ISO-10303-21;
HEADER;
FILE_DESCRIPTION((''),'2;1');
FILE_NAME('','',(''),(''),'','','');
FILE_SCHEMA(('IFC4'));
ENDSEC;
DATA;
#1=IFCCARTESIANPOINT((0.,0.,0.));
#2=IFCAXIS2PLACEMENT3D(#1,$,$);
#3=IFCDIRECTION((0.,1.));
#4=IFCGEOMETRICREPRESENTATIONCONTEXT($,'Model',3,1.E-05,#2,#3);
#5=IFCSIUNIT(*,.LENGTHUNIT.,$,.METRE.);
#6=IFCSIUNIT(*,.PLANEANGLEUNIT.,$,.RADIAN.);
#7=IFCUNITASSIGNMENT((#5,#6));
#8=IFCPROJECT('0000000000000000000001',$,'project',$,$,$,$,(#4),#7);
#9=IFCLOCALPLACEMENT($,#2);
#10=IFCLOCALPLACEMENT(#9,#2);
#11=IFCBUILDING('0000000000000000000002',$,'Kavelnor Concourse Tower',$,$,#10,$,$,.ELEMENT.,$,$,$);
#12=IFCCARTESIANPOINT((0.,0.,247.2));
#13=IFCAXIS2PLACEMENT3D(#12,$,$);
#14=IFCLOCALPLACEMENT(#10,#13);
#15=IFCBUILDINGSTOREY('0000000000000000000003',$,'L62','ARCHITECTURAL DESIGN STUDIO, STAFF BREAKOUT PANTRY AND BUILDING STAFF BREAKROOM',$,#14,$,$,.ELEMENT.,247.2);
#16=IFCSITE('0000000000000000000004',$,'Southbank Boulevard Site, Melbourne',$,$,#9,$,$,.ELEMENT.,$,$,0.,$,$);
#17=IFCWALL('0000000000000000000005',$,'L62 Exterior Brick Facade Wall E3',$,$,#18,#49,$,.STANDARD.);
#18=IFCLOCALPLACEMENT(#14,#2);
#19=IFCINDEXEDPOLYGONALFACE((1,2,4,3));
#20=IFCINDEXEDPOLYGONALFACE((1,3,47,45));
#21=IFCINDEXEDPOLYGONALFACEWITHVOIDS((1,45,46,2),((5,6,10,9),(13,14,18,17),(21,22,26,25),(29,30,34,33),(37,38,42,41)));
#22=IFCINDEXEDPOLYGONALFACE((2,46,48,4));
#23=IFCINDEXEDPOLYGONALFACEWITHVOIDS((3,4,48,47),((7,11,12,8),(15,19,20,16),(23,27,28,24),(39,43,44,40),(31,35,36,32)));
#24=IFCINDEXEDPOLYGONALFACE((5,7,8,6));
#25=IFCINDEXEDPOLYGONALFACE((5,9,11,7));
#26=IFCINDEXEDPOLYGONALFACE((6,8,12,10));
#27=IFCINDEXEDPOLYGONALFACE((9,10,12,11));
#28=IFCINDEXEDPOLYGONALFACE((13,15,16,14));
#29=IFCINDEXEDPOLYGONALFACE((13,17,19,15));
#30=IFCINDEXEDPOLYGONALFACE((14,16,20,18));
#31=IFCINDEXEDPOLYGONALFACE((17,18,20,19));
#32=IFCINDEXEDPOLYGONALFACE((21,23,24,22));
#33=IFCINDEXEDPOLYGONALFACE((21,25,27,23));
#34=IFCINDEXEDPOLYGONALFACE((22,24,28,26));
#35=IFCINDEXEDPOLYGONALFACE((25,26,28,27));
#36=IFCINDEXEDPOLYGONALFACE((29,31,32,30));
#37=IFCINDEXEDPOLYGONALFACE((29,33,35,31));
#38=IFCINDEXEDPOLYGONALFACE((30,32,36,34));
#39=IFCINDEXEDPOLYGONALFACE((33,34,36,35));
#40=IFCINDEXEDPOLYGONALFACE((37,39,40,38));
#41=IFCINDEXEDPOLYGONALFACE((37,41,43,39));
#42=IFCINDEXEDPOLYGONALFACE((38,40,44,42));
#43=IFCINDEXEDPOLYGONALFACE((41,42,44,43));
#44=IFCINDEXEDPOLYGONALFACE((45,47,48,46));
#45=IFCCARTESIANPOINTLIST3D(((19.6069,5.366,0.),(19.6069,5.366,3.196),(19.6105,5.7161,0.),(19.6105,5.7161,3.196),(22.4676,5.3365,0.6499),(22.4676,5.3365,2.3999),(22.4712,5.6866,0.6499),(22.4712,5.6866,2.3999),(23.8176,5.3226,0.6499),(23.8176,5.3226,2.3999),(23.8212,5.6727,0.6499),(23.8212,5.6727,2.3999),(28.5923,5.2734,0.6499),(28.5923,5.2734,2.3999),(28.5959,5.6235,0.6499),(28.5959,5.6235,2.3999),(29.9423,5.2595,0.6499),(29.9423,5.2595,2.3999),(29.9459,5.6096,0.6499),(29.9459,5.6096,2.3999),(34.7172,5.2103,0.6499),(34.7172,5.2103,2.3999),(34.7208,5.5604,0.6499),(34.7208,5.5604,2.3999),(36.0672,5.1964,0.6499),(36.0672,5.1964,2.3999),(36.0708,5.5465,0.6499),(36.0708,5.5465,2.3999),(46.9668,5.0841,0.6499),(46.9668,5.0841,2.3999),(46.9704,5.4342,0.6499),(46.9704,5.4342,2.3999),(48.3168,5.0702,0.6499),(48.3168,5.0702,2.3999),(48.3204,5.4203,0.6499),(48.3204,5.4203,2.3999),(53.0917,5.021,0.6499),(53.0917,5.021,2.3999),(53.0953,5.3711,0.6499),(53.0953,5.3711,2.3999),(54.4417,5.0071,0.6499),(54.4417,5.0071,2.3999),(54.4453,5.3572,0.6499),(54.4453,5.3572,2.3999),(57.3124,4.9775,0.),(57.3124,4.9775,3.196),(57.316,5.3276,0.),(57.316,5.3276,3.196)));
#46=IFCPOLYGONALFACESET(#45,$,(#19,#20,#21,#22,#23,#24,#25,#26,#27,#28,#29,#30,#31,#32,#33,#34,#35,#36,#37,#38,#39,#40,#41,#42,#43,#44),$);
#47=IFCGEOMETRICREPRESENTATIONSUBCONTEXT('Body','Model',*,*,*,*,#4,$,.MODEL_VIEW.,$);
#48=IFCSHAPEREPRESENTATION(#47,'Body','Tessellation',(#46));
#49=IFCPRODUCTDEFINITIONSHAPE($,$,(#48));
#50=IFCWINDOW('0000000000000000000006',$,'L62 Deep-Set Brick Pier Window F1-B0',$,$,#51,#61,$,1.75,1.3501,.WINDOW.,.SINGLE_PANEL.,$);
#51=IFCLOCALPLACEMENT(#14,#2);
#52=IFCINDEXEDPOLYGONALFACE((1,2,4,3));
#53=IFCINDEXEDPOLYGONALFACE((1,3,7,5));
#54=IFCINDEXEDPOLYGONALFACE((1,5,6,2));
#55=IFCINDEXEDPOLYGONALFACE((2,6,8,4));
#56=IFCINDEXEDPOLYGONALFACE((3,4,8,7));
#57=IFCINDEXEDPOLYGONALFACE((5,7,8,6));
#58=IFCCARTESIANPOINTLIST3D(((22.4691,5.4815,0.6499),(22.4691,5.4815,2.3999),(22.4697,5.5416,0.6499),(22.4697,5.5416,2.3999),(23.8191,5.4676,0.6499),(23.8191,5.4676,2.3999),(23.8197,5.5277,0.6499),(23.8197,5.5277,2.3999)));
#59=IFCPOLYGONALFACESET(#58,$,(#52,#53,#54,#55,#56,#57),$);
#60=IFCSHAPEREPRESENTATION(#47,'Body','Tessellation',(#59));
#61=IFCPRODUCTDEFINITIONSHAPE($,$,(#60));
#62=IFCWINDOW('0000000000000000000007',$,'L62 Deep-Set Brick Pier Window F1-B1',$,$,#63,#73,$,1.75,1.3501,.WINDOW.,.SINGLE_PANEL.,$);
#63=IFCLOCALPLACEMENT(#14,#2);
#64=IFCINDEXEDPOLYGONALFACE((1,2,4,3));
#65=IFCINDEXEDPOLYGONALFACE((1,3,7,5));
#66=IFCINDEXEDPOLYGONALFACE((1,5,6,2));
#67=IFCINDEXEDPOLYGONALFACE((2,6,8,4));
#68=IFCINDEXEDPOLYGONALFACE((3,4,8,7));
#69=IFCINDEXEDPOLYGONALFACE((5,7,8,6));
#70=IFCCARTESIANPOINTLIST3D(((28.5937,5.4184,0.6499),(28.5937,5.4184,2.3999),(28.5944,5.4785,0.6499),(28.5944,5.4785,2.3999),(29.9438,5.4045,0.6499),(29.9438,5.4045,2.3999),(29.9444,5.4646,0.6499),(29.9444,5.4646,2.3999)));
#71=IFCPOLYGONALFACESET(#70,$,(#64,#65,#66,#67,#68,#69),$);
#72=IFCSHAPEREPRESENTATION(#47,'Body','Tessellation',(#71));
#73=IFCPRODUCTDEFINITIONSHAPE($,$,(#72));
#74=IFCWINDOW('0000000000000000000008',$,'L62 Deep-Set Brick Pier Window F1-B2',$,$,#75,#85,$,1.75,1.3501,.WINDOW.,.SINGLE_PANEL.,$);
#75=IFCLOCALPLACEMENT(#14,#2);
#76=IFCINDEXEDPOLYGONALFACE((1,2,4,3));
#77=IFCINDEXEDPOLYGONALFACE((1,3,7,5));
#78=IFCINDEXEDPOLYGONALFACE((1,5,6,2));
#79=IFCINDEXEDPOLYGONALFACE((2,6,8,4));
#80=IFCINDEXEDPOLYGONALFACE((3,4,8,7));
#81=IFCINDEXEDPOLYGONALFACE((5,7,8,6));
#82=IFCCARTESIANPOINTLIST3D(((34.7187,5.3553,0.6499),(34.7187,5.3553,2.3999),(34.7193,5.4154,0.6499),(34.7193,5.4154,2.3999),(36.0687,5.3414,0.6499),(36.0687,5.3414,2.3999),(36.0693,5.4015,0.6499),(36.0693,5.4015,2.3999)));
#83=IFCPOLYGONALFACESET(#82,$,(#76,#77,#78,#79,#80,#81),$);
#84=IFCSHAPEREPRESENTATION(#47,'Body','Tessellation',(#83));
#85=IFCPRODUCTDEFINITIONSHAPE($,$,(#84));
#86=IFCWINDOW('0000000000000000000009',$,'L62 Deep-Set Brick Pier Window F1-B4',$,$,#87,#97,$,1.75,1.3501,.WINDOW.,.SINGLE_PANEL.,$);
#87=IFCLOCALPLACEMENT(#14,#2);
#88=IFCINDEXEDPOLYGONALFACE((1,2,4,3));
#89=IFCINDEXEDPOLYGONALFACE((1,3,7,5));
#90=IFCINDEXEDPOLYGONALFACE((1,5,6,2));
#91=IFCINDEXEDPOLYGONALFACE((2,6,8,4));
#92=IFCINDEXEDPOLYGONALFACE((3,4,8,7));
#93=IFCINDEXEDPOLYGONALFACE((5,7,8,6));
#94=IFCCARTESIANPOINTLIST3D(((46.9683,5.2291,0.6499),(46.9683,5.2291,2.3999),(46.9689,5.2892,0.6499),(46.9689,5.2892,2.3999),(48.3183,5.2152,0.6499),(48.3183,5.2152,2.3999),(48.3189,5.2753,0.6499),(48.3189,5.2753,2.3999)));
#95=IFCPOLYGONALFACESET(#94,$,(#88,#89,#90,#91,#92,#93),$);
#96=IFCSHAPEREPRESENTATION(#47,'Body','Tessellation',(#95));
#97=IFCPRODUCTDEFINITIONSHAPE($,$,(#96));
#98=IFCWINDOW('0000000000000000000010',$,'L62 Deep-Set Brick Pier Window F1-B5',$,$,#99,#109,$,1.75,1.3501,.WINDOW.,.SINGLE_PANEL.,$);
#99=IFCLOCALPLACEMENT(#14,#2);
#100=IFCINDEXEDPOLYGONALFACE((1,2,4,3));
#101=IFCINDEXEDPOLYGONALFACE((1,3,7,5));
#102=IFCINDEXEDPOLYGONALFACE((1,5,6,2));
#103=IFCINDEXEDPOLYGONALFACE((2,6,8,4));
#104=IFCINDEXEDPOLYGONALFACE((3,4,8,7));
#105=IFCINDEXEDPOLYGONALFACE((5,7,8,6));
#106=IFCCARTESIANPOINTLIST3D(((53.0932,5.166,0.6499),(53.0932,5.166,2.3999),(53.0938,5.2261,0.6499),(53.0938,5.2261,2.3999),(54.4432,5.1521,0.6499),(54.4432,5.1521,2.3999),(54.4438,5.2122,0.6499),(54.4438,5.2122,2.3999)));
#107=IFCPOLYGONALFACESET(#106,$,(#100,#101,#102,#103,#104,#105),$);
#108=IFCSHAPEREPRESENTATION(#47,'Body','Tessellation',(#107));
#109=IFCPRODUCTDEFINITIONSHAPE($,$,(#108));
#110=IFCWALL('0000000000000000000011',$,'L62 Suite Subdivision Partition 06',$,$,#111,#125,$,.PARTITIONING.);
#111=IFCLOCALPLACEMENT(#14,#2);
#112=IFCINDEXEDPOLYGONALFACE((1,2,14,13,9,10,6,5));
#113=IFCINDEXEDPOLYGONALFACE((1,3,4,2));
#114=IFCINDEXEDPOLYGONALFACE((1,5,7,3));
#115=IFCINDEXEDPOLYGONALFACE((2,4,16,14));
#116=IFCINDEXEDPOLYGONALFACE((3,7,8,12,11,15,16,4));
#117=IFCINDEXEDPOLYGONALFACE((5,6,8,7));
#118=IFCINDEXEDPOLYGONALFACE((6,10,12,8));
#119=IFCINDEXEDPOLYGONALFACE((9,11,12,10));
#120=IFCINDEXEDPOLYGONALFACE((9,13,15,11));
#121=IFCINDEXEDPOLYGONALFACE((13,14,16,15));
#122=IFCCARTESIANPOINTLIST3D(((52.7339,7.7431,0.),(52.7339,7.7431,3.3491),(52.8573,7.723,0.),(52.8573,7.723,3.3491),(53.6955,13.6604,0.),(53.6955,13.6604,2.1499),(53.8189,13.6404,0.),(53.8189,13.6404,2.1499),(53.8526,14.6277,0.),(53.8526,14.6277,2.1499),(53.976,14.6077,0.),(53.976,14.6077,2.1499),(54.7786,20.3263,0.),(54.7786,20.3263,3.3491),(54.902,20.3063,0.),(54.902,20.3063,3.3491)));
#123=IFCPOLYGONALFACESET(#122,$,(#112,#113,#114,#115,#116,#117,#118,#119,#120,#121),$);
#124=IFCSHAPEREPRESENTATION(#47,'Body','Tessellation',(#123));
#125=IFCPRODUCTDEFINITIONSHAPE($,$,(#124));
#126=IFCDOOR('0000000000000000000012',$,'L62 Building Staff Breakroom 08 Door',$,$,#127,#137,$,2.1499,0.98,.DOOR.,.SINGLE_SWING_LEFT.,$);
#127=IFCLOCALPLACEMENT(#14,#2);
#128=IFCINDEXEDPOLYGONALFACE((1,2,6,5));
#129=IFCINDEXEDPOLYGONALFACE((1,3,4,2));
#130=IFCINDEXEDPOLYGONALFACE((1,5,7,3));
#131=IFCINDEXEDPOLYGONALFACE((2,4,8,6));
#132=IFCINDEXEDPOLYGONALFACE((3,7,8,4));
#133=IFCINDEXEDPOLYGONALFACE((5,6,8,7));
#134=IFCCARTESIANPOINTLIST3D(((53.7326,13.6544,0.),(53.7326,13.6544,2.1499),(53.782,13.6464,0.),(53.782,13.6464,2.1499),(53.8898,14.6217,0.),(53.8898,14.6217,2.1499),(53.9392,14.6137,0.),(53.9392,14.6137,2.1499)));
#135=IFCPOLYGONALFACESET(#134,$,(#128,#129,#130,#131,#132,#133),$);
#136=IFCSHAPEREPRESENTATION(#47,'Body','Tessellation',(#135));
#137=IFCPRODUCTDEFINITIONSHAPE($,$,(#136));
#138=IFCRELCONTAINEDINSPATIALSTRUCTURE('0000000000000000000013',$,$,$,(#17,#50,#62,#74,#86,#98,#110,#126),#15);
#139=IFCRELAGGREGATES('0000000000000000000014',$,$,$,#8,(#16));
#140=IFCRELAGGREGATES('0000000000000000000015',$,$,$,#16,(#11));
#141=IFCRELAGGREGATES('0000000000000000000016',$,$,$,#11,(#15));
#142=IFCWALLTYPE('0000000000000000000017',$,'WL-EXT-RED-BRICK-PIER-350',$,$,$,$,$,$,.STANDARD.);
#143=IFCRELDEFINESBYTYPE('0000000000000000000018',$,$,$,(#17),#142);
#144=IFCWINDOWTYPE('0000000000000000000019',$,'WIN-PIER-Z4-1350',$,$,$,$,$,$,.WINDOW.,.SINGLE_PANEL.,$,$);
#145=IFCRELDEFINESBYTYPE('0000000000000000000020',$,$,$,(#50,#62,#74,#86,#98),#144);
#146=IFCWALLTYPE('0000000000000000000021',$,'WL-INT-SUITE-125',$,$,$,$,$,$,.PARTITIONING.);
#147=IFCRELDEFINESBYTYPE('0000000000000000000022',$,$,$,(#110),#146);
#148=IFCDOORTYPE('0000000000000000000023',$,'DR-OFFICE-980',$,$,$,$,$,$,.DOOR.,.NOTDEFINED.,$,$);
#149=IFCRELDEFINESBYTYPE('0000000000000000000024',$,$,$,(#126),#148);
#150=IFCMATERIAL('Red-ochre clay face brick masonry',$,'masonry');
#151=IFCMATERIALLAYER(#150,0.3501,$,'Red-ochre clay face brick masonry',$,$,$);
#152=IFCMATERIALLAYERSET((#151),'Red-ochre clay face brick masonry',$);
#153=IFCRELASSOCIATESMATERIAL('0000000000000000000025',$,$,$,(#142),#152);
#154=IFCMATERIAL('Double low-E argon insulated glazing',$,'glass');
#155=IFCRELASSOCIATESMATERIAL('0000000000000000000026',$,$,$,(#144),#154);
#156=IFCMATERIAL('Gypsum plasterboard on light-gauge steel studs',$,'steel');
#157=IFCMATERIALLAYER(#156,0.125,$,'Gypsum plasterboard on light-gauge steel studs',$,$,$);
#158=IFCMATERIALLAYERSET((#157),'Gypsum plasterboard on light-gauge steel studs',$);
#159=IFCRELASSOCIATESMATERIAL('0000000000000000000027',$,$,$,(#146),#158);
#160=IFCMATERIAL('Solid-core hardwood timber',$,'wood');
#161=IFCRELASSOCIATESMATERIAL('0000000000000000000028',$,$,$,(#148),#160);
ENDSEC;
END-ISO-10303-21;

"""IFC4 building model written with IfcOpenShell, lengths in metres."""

from ifc_helpers import new_model, si_unit, direction, frame, frame_2d, origin, place, context, subcontext, project, spatial, rectangle, extrude, material, layer, layer_set, type_object, element, fill, save


model = new_model("IFC4")

# Units and contexts
model_context = context("Model", 3, precision=1e-05, world=origin(), true_north=direction((0.0, 1.0)))
body_context = subcontext(model_context, "Body", "Model", "MODEL_VIEW")
ifc_project = project(units=[si_unit("LENGTHUNIT", "METRE"), si_unit("PLANEANGLEUNIT", "RADIAN")], contexts=[model_context])

# Site, building, storey
site_placement = place(None, origin())
site = spatial("IfcSite", under=ifc_project, at=site_placement, Name="Southbank Boulevard Site, Melbourne", CompositionType="ELEMENT", RefElevation=0.0)
building_placement = place(site_placement, origin())
building = spatial("IfcBuilding", under=site, at=building_placement, Name="Kavelnor Concourse Tower", CompositionType="ELEMENT")
storey_placement = place(building_placement, frame((0.0, 0.0, 247.2)))
storey = spatial("IfcBuildingStorey", under=building, at=storey_placement, Name="L62", Description="ARCHITECTURAL DESIGN STUDIO, STAFF BREAKOUT PANTRY AND BUILDING STAFF BREAKROOM", CompositionType="ELEMENT", Elevation=247.2)

# Shared definitions
ifc_material_1 = material(Name="Double low-E argon insulated glazing", Category="glass")

# Wall, openings, windows
ifc_material_2 = material(Name="Red-ochre clay face brick masonry", Category="masonry")
ifc_layer_1 = layer(ifc_material_2, 0.3501, Name="Red-ochre clay face brick masonry")
ifc_layer_set_1 = layer_set([ifc_layer_1], Name="Red-ochre clay face brick masonry")
wall_type_1 = type_object("IfcWallType", Name="WL-EXT-RED-BRICK-PIER-350", PredefinedType="STANDARD", material=ifc_layer_set_1)
wall_1_placement = place(storey_placement, frame((57.3142, 5.1526, 0.0), z_axis=(0.0, 0.0, 1.0), x_axis=(-0.999947, 0.010301, 0.0)))
wall_1 = element("IfcWall", 1, at=wall_1_placement, inside=storey, type_object=wall_type_1, Name="L62 Exterior Brick Facade Wall E3", PredefinedType="STANDARD", context=body_context, shape_type="SweptSolid", body=[
    extrude(rectangle(XDim=37.7075, YDim=0.3501, at=frame_2d((18.8538, 0.0))), origin(), (0.0, 0.0, 1.0), 3.196),
])
opening_1_placement = place(wall_1_placement, frame((33.4966, 0.0, 0.6499)))
opening_1 = element("IfcOpeningElement", 2, at=opening_1_placement, cuts=wall_1, PredefinedType="OPENING", context=body_context, shape_type="SweptSolid", body=[
    extrude(rectangle(XDim=1.3501, YDim=1.75, at=frame_2d((0.675, 0.875))), frame((0.0, 0.1851, 0.0), z_axis=(0.0, -1.0, 0.0), x_axis=(1.0, 0.0, 0.0)), (0.0, 0.0, 1.0), 0.3701),
])
opening_2_placement = place(wall_1_placement, frame((27.3716, 0.0, 0.6499)))
opening_2 = element("IfcOpeningElement", 3, at=opening_2_placement, cuts=wall_1, PredefinedType="OPENING", context=body_context, shape_type="SweptSolid", body=[
    extrude(rectangle(XDim=1.3501, YDim=1.75, at=frame_2d((0.675, 0.875))), frame((0.0, 0.1851, 0.0), z_axis=(0.0, -1.0, 0.0), x_axis=(1.0, 0.0, 0.0)), (0.0, 0.0, 1.0), 0.3701),
])
opening_3_placement = place(wall_1_placement, frame((21.2463, 0.0, 0.6499)))
opening_3 = element("IfcOpeningElement", 4, at=opening_3_placement, cuts=wall_1, PredefinedType="OPENING", context=body_context, shape_type="SweptSolid", body=[
    extrude(rectangle(XDim=1.3501, YDim=1.75, at=frame_2d((0.675, 0.875))), frame((0.0, 0.1851, 0.0), z_axis=(0.0, -1.0, 0.0), x_axis=(1.0, 0.0, 0.0)), (0.0, 0.0, 1.0), 0.3701),
])
opening_4_placement = place(wall_1_placement, frame((8.9961, 0.0, 0.6499)))
opening_4 = element("IfcOpeningElement", 5, at=opening_4_placement, cuts=wall_1, PredefinedType="OPENING", context=body_context, shape_type="SweptSolid", body=[
    extrude(rectangle(XDim=1.3501, YDim=1.75, at=frame_2d((0.675, 0.875))), frame((0.0, 0.1851, 0.0), z_axis=(0.0, -1.0, 0.0), x_axis=(1.0, 0.0, 0.0)), (0.0, 0.0, 1.0), 0.3701),
])
opening_5_placement = place(wall_1_placement, frame((2.8708, 0.0, 0.6499)))
opening_5 = element("IfcOpeningElement", 6, at=opening_5_placement, cuts=wall_1, PredefinedType="OPENING", context=body_context, shape_type="SweptSolid", body=[
    extrude(rectangle(XDim=1.3501, YDim=1.75, at=frame_2d((0.675, 0.875))), frame((0.0, 0.1851, 0.0), z_axis=(0.0, -1.0, 0.0), x_axis=(1.0, 0.0, 0.0)), (0.0, 0.0, 1.0), 0.3701),
])
window_type_1 = type_object("IfcWindowType", Name="WIN-PIER-Z4-1350", PartitioningType="SINGLE_PANEL", PredefinedType="WINDOW", material=ifc_material_1)
window_1_placement = place(opening_1_placement, origin())
window_1 = element("IfcWindow", 7, at=window_1_placement, inside=storey, type_object=window_type_1, Name="L62 Deep-Set Brick Pier Window F1-B0", OverallHeight=1.75, OverallWidth=1.3501, PartitioningType="SINGLE_PANEL", PredefinedType="WINDOW", context=body_context, shape_type="SweptSolid", body=[
    extrude(rectangle(XDim=1.3501, YDim=1.75, at=frame_2d((0.675, 0.875))), frame((0.0, 0.03, 0.0), z_axis=(0.0, -1.0, 0.0), x_axis=(1.0, 0.0, 0.0)), (0.0, 0.0, 1.0), 0.0601),
])
fill(opening_1, window_1)
window_2_placement = place(opening_2_placement, origin())
window_2 = element("IfcWindow", 8, at=window_2_placement, inside=storey, type_object=window_type_1, Name="L62 Deep-Set Brick Pier Window F1-B1", OverallHeight=1.75, OverallWidth=1.3501, PartitioningType="SINGLE_PANEL", PredefinedType="WINDOW", context=body_context, shape_type="SweptSolid", body=[
    extrude(rectangle(XDim=1.3501, YDim=1.75, at=frame_2d((0.675, 0.875))), frame((0.0, 0.03, 0.0), z_axis=(0.0, -1.0, 0.0), x_axis=(1.0, 0.0, 0.0)), (0.0, 0.0, 1.0), 0.0601),
])
fill(opening_2, window_2)
window_3_placement = place(opening_3_placement, origin())
window_3 = element("IfcWindow", 9, at=window_3_placement, inside=storey, type_object=window_type_1, Name="L62 Deep-Set Brick Pier Window F1-B2", OverallHeight=1.75, OverallWidth=1.3501, PartitioningType="SINGLE_PANEL", PredefinedType="WINDOW", context=body_context, shape_type="SweptSolid", body=[
    extrude(rectangle(XDim=1.3501, YDim=1.75, at=frame_2d((0.675, 0.875))), frame((0.0, 0.03, 0.0), z_axis=(0.0, -1.0, 0.0), x_axis=(1.0, 0.0, 0.0)), (0.0, 0.0, 1.0), 0.0601),
])
fill(opening_3, window_3)
window_4_placement = place(opening_4_placement, origin())
window_4 = element("IfcWindow", 10, at=window_4_placement, inside=storey, type_object=window_type_1, Name="L62 Deep-Set Brick Pier Window F1-B4", OverallHeight=1.75, OverallWidth=1.3501, PartitioningType="SINGLE_PANEL", PredefinedType="WINDOW", context=body_context, shape_type="SweptSolid", body=[
    extrude(rectangle(XDim=1.3501, YDim=1.75, at=frame_2d((0.675, 0.875))), frame((0.0, 0.03, 0.0), z_axis=(0.0, -1.0, 0.0), x_axis=(1.0, 0.0, 0.0)), (0.0, 0.0, 1.0), 0.0601),
])
fill(opening_4, window_4)
window_5_placement = place(opening_5_placement, origin())
window_5 = element("IfcWindow", 11, at=window_5_placement, inside=storey, type_object=window_type_1, Name="L62 Deep-Set Brick Pier Window F1-B5", OverallHeight=1.75, OverallWidth=1.3501, PartitioningType="SINGLE_PANEL", PredefinedType="WINDOW", context=body_context, shape_type="SweptSolid", body=[
    extrude(rectangle(XDim=1.3501, YDim=1.75, at=frame_2d((0.675, 0.875))), frame((0.0, 0.03, 0.0), z_axis=(0.0, -1.0, 0.0), x_axis=(1.0, 0.0, 0.0)), (0.0, 0.0, 1.0), 0.0601),
])
fill(opening_5, window_5)

# Wall, opening, door
ifc_material_3 = material(Name="Gypsum plasterboard on light-gauge steel studs", Category="steel")
ifc_layer_2 = layer(ifc_material_3, 0.125, Name="Gypsum plasterboard on light-gauge steel studs")
ifc_layer_set_2 = layer_set([ifc_layer_2], Name="Gypsum plasterboard on light-gauge steel studs")
wall_type_2 = type_object("IfcWallType", Name="WL-INT-SUITE-125", PredefinedType="PARTITIONING", material=ifc_layer_set_2)
wall_2_placement = place(storey_placement, frame((52.7957, 7.7332, 0.0), z_axis=(0.0, 0.0, 1.0), x_axis=(0.160388, 0.987054, 0.0)))
wall_2 = element("IfcWall", 12, at=wall_2_placement, inside=storey, type_object=wall_type_2, Name="L62 Suite Subdivision Partition 06", PredefinedType="PARTITIONING", context=body_context, shape_type="SweptSolid", body=[
    extrude(rectangle(XDim=12.7483, YDim=0.125, at=frame_2d((6.374, 0.0))), origin(), (0.0, 0.0, 1.0), 3.3491),
])
opening_6_placement = place(wall_2_placement, frame((5.9949, 0.0, 0.0)))
opening_6 = element("IfcOpeningElement", 13, at=opening_6_placement, cuts=wall_2, PredefinedType="OPENING", context=body_context, shape_type="SweptSolid", body=[
    extrude(rectangle(XDim=0.98, YDim=2.1499, at=frame_2d((0.49, 1.075))), frame((0.0, 0.0725, 0.0), z_axis=(0.0, -1.0, 0.0), x_axis=(1.0, 0.0, 0.0)), (0.0, 0.0, 1.0), 0.145),
])
ifc_material_4 = material(Name="Solid-core hardwood timber", Category="wood")
door_type = type_object("IfcDoorType", Name="DR-OFFICE-980", OperationType="NOTDEFINED", PredefinedType="DOOR", material=ifc_material_4)
door_placement = place(opening_6_placement, origin())
door = element("IfcDoor", 14, at=door_placement, inside=storey, type_object=door_type, Name="L62 Building Staff Breakroom 08 Door", OperationType="SINGLE_SWING_LEFT", OverallHeight=2.1499, OverallWidth=0.98, PredefinedType="DOOR", context=body_context, shape_type="SweptSolid", body=[
    extrude(rectangle(XDim=0.98, YDim=2.1499, at=frame_2d((0.49, 1.075))), frame((0.0, 0.0249, 0.0), z_axis=(0.0, -1.0, 0.0), x_axis=(1.0, 0.0, 0.0)), (0.0, 0.0, 1.0), 0.05),
])
fill(opening_6, door)

save(model, "model.ifc")
